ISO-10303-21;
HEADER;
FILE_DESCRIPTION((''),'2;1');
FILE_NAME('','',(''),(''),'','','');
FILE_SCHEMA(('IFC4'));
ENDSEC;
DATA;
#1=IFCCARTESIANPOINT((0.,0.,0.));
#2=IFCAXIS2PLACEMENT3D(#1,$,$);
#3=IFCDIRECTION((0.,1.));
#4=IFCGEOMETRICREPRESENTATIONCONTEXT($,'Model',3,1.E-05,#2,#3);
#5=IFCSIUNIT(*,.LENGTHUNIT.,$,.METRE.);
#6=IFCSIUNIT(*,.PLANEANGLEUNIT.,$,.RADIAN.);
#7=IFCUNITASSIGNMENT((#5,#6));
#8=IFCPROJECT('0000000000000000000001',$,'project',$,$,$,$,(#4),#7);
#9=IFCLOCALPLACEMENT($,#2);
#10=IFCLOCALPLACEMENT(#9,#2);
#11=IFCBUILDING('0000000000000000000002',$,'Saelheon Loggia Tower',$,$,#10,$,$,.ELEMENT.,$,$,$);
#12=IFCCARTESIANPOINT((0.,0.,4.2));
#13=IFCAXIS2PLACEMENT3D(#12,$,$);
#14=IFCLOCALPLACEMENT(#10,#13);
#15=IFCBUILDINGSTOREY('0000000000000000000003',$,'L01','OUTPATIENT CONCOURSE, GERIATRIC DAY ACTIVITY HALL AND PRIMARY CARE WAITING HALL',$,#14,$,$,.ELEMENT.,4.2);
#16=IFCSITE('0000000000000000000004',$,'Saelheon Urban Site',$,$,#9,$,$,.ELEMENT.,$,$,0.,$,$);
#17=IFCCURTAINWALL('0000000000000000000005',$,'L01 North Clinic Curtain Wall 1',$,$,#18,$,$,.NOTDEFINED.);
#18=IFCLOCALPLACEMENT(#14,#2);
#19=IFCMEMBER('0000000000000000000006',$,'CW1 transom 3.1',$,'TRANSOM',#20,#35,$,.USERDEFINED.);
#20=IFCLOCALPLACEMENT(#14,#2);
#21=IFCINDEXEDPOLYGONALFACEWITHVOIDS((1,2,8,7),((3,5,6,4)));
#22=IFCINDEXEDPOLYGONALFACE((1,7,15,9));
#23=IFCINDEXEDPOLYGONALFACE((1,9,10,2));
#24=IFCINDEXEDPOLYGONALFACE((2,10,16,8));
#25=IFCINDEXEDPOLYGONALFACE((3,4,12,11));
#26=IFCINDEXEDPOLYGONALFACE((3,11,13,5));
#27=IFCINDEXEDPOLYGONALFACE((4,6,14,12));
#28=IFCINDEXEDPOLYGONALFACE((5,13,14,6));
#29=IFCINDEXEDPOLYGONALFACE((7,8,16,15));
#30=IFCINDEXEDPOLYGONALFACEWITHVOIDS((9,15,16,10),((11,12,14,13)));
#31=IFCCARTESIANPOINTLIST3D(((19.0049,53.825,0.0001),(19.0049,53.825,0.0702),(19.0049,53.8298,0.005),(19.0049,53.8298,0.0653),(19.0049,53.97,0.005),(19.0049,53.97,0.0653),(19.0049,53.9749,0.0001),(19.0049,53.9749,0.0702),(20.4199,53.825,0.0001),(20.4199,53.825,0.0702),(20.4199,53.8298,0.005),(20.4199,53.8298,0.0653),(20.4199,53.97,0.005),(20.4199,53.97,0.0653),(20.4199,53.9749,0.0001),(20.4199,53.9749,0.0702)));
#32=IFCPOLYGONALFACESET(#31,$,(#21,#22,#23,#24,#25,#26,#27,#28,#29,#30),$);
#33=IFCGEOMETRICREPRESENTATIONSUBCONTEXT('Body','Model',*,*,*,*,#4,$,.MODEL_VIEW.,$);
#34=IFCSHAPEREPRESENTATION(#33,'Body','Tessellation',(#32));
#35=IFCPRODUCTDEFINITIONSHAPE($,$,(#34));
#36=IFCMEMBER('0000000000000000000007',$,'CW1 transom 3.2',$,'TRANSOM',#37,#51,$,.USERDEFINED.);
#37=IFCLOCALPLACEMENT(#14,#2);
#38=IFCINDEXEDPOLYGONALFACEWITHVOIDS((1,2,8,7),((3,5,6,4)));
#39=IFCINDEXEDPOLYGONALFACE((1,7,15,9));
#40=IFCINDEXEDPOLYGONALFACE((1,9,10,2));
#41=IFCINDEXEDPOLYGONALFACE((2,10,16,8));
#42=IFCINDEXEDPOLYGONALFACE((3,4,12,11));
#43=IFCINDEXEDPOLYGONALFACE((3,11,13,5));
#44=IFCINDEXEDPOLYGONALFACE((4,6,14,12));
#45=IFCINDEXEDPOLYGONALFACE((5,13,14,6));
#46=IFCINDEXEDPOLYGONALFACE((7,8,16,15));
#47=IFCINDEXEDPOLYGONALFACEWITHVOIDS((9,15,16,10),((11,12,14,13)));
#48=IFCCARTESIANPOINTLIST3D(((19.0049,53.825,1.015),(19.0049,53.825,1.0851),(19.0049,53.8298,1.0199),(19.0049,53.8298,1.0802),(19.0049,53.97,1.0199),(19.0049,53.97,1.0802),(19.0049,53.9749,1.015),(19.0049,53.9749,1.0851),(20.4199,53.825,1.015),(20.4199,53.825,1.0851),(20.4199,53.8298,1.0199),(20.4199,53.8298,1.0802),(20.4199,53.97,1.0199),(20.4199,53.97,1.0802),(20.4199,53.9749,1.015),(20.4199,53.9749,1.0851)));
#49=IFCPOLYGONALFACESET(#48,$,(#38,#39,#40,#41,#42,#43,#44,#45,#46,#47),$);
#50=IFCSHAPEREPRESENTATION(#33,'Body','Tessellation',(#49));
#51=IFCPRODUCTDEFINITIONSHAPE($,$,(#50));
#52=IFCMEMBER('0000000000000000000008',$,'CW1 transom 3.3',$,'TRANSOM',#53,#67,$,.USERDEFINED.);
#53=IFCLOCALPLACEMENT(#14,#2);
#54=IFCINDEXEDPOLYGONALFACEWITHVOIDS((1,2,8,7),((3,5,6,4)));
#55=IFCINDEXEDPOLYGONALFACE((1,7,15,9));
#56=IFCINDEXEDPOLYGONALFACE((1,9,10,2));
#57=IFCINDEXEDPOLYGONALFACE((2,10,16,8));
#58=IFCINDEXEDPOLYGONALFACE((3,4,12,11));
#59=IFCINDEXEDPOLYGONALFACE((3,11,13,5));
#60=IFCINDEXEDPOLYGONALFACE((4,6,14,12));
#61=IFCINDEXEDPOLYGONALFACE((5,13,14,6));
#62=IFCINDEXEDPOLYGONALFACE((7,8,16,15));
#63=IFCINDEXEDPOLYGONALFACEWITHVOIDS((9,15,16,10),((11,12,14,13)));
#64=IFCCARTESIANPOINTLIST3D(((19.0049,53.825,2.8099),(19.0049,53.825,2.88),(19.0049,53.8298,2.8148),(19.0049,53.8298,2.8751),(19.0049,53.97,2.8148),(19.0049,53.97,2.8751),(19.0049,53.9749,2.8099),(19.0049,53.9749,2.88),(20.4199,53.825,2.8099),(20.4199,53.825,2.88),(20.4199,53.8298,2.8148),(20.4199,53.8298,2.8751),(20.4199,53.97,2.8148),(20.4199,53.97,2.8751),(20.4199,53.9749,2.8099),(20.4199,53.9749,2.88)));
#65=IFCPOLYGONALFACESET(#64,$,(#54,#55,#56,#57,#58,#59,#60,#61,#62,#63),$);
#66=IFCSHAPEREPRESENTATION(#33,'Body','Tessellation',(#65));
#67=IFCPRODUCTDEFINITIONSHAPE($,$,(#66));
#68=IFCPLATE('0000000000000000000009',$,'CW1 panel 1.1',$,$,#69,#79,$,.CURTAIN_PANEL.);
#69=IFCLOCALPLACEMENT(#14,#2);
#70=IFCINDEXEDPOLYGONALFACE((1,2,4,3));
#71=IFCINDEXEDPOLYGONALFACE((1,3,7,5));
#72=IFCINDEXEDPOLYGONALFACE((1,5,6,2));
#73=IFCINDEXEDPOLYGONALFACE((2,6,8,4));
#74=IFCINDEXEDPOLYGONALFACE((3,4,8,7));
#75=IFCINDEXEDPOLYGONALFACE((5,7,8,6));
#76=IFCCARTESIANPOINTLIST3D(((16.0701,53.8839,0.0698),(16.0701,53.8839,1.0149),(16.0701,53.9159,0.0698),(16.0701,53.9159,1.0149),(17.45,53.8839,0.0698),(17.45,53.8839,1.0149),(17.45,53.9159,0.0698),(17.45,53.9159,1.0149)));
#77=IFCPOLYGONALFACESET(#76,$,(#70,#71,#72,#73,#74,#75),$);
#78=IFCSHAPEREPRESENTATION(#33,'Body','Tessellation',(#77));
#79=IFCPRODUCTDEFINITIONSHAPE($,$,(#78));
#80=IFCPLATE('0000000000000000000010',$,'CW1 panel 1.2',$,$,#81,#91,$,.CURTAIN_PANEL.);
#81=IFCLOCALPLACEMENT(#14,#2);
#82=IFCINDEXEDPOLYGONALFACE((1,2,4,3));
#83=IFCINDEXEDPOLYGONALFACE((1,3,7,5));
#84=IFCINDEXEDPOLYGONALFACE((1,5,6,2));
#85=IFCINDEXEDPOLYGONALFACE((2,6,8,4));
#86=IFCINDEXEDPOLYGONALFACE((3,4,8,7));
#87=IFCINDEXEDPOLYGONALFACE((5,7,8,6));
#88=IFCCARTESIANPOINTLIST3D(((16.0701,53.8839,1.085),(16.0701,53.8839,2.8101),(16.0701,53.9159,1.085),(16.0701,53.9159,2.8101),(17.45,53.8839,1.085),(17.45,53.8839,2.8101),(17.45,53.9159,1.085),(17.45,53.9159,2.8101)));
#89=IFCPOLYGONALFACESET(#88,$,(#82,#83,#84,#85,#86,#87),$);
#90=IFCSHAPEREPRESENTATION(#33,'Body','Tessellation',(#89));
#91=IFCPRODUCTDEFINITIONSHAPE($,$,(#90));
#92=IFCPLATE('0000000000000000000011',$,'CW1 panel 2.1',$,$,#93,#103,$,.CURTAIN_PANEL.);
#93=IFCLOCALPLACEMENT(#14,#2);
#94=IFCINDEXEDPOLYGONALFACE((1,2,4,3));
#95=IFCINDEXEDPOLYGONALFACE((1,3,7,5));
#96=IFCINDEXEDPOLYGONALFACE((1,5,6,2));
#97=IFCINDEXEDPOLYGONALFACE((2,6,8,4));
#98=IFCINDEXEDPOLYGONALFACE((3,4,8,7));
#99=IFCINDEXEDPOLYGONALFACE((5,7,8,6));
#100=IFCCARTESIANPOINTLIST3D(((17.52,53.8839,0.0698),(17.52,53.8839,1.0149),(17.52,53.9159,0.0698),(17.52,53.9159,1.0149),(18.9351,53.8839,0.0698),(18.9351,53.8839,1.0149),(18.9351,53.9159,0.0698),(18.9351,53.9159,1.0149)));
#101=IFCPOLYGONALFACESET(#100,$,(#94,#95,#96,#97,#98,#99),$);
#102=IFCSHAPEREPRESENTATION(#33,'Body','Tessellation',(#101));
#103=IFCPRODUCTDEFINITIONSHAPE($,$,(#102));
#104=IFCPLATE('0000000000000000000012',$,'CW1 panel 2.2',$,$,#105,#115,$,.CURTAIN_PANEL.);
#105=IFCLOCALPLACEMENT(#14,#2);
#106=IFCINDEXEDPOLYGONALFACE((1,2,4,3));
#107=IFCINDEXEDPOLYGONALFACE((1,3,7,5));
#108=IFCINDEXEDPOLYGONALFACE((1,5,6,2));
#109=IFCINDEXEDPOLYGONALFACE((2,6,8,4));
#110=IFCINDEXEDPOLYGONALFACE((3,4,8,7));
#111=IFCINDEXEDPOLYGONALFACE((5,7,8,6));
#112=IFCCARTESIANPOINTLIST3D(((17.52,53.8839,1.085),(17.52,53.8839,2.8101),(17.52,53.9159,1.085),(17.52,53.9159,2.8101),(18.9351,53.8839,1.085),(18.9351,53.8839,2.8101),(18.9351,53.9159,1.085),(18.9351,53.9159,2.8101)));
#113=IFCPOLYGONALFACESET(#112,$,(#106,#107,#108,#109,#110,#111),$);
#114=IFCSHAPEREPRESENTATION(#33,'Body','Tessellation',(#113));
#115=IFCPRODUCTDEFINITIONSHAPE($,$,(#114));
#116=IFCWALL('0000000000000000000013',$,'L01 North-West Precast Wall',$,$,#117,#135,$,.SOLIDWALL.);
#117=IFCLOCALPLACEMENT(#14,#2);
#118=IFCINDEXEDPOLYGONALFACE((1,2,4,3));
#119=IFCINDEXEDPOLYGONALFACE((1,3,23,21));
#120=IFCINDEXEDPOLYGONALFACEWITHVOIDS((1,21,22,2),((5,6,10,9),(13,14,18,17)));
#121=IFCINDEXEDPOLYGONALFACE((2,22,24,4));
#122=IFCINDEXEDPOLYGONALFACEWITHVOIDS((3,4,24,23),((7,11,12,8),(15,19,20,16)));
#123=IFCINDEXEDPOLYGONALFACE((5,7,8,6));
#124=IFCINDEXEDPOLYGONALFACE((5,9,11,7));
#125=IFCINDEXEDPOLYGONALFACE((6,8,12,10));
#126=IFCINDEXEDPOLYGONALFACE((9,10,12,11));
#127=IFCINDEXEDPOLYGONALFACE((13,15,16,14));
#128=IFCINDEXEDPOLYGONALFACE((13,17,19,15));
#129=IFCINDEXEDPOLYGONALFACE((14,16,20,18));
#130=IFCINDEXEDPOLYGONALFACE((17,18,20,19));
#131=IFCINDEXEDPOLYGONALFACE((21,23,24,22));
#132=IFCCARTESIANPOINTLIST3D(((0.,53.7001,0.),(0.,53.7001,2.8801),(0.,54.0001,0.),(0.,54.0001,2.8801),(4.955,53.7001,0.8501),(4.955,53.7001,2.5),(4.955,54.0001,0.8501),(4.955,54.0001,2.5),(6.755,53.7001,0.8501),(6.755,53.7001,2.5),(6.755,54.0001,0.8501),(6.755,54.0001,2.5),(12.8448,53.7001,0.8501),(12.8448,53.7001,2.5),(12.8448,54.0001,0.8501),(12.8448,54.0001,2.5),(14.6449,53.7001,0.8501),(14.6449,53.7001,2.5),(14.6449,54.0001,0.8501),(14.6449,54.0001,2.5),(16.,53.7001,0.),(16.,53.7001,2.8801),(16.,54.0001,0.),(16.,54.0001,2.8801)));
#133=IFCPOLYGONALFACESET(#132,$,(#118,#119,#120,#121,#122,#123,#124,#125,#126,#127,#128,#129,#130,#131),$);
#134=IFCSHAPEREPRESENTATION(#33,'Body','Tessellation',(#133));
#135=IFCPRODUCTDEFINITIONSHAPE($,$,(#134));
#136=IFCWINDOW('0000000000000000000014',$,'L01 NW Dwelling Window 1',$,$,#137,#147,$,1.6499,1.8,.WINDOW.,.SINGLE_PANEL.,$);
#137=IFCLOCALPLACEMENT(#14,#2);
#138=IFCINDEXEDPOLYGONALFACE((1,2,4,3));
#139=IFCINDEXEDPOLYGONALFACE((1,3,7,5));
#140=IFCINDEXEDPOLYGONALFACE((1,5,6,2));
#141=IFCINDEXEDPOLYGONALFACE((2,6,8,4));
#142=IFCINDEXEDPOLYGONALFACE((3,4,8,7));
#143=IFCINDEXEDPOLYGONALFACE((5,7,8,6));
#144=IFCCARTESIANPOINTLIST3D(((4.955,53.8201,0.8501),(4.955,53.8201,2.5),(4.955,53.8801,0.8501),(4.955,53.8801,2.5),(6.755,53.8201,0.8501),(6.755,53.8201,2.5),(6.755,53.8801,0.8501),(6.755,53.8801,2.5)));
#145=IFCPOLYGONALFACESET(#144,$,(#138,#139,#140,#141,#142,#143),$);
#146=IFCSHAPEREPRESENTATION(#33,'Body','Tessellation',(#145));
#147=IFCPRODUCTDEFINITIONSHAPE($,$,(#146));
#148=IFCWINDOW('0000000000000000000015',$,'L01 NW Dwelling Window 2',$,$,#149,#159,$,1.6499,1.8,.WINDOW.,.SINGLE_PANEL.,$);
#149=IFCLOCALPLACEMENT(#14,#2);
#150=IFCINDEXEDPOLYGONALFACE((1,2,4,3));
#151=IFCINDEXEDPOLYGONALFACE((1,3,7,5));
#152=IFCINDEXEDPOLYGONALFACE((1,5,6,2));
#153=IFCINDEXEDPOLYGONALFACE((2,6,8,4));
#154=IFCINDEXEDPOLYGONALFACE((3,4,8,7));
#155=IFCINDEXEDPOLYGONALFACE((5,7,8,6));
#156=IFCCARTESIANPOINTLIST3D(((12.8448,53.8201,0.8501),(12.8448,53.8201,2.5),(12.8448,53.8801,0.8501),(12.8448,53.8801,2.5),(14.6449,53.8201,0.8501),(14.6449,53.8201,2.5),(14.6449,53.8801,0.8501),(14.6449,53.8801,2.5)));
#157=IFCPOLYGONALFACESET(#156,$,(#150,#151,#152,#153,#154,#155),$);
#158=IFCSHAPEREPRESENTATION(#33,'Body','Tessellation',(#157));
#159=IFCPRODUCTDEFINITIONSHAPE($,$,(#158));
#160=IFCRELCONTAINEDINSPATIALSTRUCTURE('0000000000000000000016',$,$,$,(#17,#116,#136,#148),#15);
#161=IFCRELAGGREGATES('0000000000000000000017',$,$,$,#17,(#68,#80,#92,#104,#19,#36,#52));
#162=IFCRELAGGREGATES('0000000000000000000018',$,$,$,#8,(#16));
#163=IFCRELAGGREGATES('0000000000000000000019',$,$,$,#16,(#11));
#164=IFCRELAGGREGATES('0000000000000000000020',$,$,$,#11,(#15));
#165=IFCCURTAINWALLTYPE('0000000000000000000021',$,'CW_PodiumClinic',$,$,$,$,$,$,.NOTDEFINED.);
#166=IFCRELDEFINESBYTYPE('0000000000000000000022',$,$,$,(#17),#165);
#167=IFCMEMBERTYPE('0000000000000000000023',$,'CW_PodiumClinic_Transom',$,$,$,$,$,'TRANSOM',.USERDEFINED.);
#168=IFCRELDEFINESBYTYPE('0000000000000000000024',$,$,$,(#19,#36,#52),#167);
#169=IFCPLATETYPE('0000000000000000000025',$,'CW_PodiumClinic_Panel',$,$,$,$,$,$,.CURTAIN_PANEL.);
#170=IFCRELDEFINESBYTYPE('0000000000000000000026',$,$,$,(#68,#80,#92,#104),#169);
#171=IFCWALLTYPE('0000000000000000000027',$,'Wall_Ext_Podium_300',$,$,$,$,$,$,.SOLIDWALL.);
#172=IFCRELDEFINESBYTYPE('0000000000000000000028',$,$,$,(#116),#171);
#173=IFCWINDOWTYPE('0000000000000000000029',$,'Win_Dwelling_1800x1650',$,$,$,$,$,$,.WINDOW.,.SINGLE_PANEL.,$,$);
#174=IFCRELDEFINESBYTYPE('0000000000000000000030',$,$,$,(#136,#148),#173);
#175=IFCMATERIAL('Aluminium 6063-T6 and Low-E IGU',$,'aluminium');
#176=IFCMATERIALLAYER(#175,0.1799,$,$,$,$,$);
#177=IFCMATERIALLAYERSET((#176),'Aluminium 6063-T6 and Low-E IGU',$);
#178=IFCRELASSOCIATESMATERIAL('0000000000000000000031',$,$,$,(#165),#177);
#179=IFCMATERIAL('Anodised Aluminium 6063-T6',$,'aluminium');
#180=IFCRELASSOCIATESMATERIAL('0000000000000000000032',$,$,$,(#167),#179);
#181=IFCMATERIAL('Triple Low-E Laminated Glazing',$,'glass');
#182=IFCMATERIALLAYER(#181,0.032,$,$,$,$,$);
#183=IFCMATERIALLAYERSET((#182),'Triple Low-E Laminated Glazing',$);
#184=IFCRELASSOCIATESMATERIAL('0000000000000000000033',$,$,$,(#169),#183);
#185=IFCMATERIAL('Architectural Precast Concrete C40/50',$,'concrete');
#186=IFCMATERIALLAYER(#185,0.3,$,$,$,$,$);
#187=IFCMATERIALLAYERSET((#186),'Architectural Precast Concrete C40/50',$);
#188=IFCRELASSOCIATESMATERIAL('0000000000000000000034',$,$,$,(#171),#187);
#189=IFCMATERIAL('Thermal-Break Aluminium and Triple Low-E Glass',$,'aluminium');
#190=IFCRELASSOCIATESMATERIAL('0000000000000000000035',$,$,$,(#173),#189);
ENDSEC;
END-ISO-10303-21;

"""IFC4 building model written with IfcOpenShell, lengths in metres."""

from ifc_helpers import new_model, si_unit, direction, frame, frame_2d, origin, origin_2d, place, context, subcontext, project, spatial, rectangle, hollow_rectangle, extrude, source, transform, mapped, material, layer, layer_set, material_profile, profile_set, type_object, element, fill, aggregate, save


model = new_model("IFC4")

# Units and contexts
model_context = context("Model", 3, precision=1e-05, world=origin(), true_north=direction((0.0, 1.0)))
body_context = subcontext(model_context, "Body", "Model", "MODEL_VIEW")
ifc_project = project(units=[si_unit("LENGTHUNIT", "METRE"), si_unit("PLANEANGLEUNIT", "RADIAN")], contexts=[model_context])

# Site, building, storey
site_placement = place(None, origin())
site = spatial("IfcSite", under=ifc_project, at=site_placement, Name="Saelheon Urban Site", CompositionType="ELEMENT", RefElevation=0.0)
building_placement = place(site_placement, origin())
building = spatial("IfcBuilding", under=site, at=building_placement, Name="Saelheon Loggia Tower", CompositionType="ELEMENT")
storey_placement = place(building_placement, frame((0.0, 0.0, 4.2)))
storey = spatial("IfcBuildingStorey", under=building, at=storey_placement, Name="L01", Description="OUTPATIENT CONCOURSE, GERIATRIC DAY ACTIVITY HALL AND PRIMARY CARE WAITING HALL", CompositionType="ELEMENT", Elevation=4.2)

# Curtain wall, members, plates
ifc_material_1 = material(Name="Aluminium 6063-T6 and Low-E IGU", Category="aluminium")
ifc_layer_1 = layer(ifc_material_1, 0.1799)
ifc_layer_set_1 = layer_set([ifc_layer_1], Name="Aluminium 6063-T6 and Low-E IGU")
curtain_wall_type = type_object("IfcCurtainWallType", Name="CW_PodiumClinic", PredefinedType="NOTDEFINED", material=ifc_layer_set_1)
curtain_wall_placement = place(storey_placement, origin())
curtain_wall = element("IfcCurtainWall", 1, at=curtain_wall_placement, inside=storey, type_object=curtain_wall_type, Name="L01 North Clinic Curtain Wall 1", PredefinedType="NOTDEFINED")
ifc_material_2 = material(Name="Anodised Aluminium 6063-T6", Category="aluminium")
ifc_material_profile_1 = material_profile(ifc_material_2, hollow_rectangle(XDim=0.0701, YDim=0.1499, WallThickness=0.0049, at=origin_2d()), Name="RHS-150x70x5")
ifc_profile_set_1 = profile_set([ifc_material_profile_1], Name="Anodised Aluminium 6063-T6")
member_type_1 = type_object("IfcMemberType", Name="CW_PodiumClinic_Transom", ElementType="TRANSOM", PredefinedType="USERDEFINED", material=ifc_profile_set_1)
shared_shape_1 = source(origin(), body_context, "Body", "SweptSolid", [
    extrude(hollow_rectangle(XDim=0.0701, YDim=0.1499, WallThickness=0.0049, at=origin_2d()), origin(), (0.0, 0.0, 1.0), 1.415),
])
member_1_placement = place(storey_placement, frame((19.0049, 53.8999, 0.0352), z_axis=(1.0, 0.0, 0.0), x_axis=(0.0, 0.0, 1.0)))
member_1 = element("IfcMember", 2, at=member_1_placement, type_object=member_type_1, Name="CW1 transom 3.1", ObjectType="TRANSOM", PredefinedType="USERDEFINED", context=body_context, shape_type="MappedRepresentation", body=[
    mapped(shared_shape_1, transform((0.0, 0.0, 0.0), scale=1.0)),
])
member_2_placement = place(storey_placement, frame((19.0049, 53.8999, 1.05), z_axis=(1.0, 0.0, 0.0), x_axis=(0.0, 0.0, 1.0)))
member_2 = element("IfcMember", 3, at=member_2_placement, type_object=member_type_1, Name="CW1 transom 3.2", ObjectType="TRANSOM", PredefinedType="USERDEFINED", context=body_context, shape_type="MappedRepresentation", body=[
    mapped(shared_shape_1, transform((0.0, 0.0, 0.0), scale=1.0)),
])
member_3_placement = place(storey_placement, frame((19.0049, 53.8999, 2.845), z_axis=(1.0, 0.0, 0.0), x_axis=(0.0, 0.0, 1.0)))
member_3 = element("IfcMember", 4, at=member_3_placement, type_object=member_type_1, Name="CW1 transom 3.3", ObjectType="TRANSOM", PredefinedType="USERDEFINED", context=body_context, shape_type="MappedRepresentation", body=[
    mapped(shared_shape_1, transform((0.0, 0.0, 0.0), scale=1.0)),
])
ifc_material_3 = material(Name="Triple Low-E Laminated Glazing", Category="glass")
ifc_layer_2 = layer(ifc_material_3, 0.032)
ifc_layer_set_2 = layer_set([ifc_layer_2], Name="Triple Low-E Laminated Glazing")
plate_type = type_object("IfcPlateType", Name="CW_PodiumClinic_Panel", PredefinedType="CURTAIN_PANEL", material=ifc_layer_set_2)
shared_shape_2 = source(origin(), body_context, "Body", "SweptSolid", [
    extrude(rectangle(XDim=1.3799, YDim=0.032, at=origin_2d()), origin(), (0.0, 0.0, 1.0), 0.9451),
])
plate_1_placement = place(storey_placement, frame((16.76, 53.8999, 0.0698), z_axis=(0.0, 0.0, 1.0), x_axis=(1.0, 0.0, 0.0)))
plate_1 = element("IfcPlate", 5, at=plate_1_placement, type_object=plate_type, Name="CW1 panel 1.1", PredefinedType="CURTAIN_PANEL", context=body_context, shape_type="MappedRepresentation", body=[
    mapped(shared_shape_2, transform((0.0, 0.0, 0.0), scale=1.0)),
])
shared_shape_3 = source(origin(), body_context, "Body", "SweptSolid", [
    extrude(rectangle(XDim=1.3799, YDim=0.032, at=origin_2d()), origin(), (0.0, 0.0, 1.0), 1.7251),
])
plate_2_placement = place(storey_placement, frame((16.76, 53.8999, 1.085), z_axis=(0.0, 0.0, 1.0), x_axis=(1.0, 0.0, 0.0)))
plate_2 = element("IfcPlate", 6, at=plate_2_placement, type_object=plate_type, Name="CW1 panel 1.2", PredefinedType="CURTAIN_PANEL", context=body_context, shape_type="MappedRepresentation", body=[
    mapped(shared_shape_3, transform((0.0, 0.0, 0.0), scale=1.0)),
])
shared_shape_4 = source(origin(), body_context, "Body", "SweptSolid", [
    extrude(rectangle(XDim=1.415, YDim=0.032, at=origin_2d()), origin(), (0.0, 0.0, 1.0), 0.9451),
])
plate_3_placement = place(storey_placement, frame((18.2275, 53.8999, 0.0698), z_axis=(0.0, 0.0, 1.0), x_axis=(1.0, 0.0, 0.0)))
plate_3 = element("IfcPlate", 7, at=plate_3_placement, type_object=plate_type, Name="CW1 panel 2.1", PredefinedType="CURTAIN_PANEL", context=body_context, shape_type="MappedRepresentation", body=[
    mapped(shared_shape_4, transform((0.0, 0.0, 0.0), scale=1.0)),
])
shared_shape_5 = source(origin(), body_context, "Body", "SweptSolid", [
    extrude(rectangle(XDim=1.415, YDim=0.032, at=origin_2d()), origin(), (0.0, 0.0, 1.0), 1.7251),
])
plate_4_placement = place(storey_placement, frame((18.2275, 53.8999, 1.085), z_axis=(0.0, 0.0, 1.0), x_axis=(1.0, 0.0, 0.0)))
plate_4 = element("IfcPlate", 8, at=plate_4_placement, type_object=plate_type, Name="CW1 panel 2.2", PredefinedType="CURTAIN_PANEL", context=body_context, shape_type="MappedRepresentation", body=[
    mapped(shared_shape_5, transform((0.0, 0.0, 0.0), scale=1.0)),
])
aggregate(curtain_wall, [plate_1, plate_2, plate_3, plate_4, member_1, member_2, member_3])

# Wall, openings, windows
ifc_material_4 = material(Name="Architectural Precast Concrete C40/50", Category="concrete")
ifc_layer_3 = layer(ifc_material_4, 0.3)
ifc_layer_set_3 = layer_set([ifc_layer_3], Name="Architectural Precast Concrete C40/50")
wall_type = type_object("IfcWallType", Name="Wall_Ext_Podium_300", PredefinedType="SOLIDWALL", material=ifc_layer_set_3)
wall_placement = place(storey_placement, frame((0.0, 53.8501, 0.0), z_axis=(0.0, 0.0, 1.0), x_axis=(1.0, 0.0, 0.0)))
wall = element("IfcWall", 9, at=wall_placement, inside=storey, type_object=wall_type, Name="L01 North-West Precast Wall", PredefinedType="SOLIDWALL", context=body_context, shape_type="SweptSolid", body=[
    extrude(rectangle(XDim=16.0, YDim=0.3, at=frame_2d((8.0, 0.0))), origin(), (0.0, 0.0, 1.0), 2.8801),
])
opening_1_placement = place(wall_placement, frame((4.9551, 0.0, 0.8501)))
opening_1 = element("IfcOpeningElement", 10, at=opening_1_placement, cuts=wall, PredefinedType="OPENING", context=body_context, shape_type="SweptSolid", body=[
    extrude(rectangle(XDim=1.8, YDim=1.6499, at=frame_2d((0.8999, 0.825))), frame((0.0, 0.1621, 0.0), z_axis=(0.0, -1.0, 0.0), x_axis=(1.0, 0.0, 0.0)), (0.0, 0.0, 1.0), 0.324),
])
opening_2_placement = place(wall_placement, frame((12.845, 0.0, 0.8501)))
opening_2 = element("IfcOpeningElement", 11, at=opening_2_placement, cuts=wall, PredefinedType="OPENING", context=body_context, shape_type="SweptSolid", body=[
    extrude(rectangle(XDim=1.8, YDim=1.6499, at=frame_2d((0.8999, 0.825))), frame((0.0, 0.1621, 0.0), z_axis=(0.0, -1.0, 0.0), x_axis=(1.0, 0.0, 0.0)), (0.0, 0.0, 1.0), 0.324),
])
ifc_material_5 = material(Name="Thermal-Break Aluminium and Triple Low-E Glass", Category="aluminium")
window_type = type_object("IfcWindowType", Name="Win_Dwelling_1800x1650", PartitioningType="SINGLE_PANEL", PredefinedType="WINDOW", material=ifc_material_5)
shared_shape_6 = source(origin(), body_context, "Body", "SweptSolid", [
    extrude(rectangle(XDim=1.8, YDim=1.6499, at=frame_2d((0.8999, 0.825))), frame((0.0, 0.03, 0.0), z_axis=(0.0, -1.0, 0.0), x_axis=(1.0, 0.0, 0.0)), (0.0, 0.0, 1.0), 0.0601),
])
window_1_placement = place(opening_1_placement, origin())
window_1 = element("IfcWindow", 12, at=window_1_placement, inside=storey, type_object=window_type, Name="L01 NW Dwelling Window 1", OverallHeight=1.6499, OverallWidth=1.8, PartitioningType="SINGLE_PANEL", PredefinedType="WINDOW", context=body_context, shape_type="MappedRepresentation", body=[
    mapped(shared_shape_6, transform((0.0, 0.0, 0.0), scale=1.0)),
])
fill(opening_1, window_1)
window_2_placement = place(opening_2_placement, origin())
window_2 = element("IfcWindow", 13, at=window_2_placement, inside=storey, type_object=window_type, Name="L01 NW Dwelling Window 2", OverallHeight=1.6499, OverallWidth=1.8, PartitioningType="SINGLE_PANEL", PredefinedType="WINDOW", context=body_context, shape_type="MappedRepresentation", body=[
    mapped(shared_shape_6, transform((0.0, 0.0, 0.0), scale=1.0)),
])
fill(opening_2, window_2)

save(model, "model.ifc")
